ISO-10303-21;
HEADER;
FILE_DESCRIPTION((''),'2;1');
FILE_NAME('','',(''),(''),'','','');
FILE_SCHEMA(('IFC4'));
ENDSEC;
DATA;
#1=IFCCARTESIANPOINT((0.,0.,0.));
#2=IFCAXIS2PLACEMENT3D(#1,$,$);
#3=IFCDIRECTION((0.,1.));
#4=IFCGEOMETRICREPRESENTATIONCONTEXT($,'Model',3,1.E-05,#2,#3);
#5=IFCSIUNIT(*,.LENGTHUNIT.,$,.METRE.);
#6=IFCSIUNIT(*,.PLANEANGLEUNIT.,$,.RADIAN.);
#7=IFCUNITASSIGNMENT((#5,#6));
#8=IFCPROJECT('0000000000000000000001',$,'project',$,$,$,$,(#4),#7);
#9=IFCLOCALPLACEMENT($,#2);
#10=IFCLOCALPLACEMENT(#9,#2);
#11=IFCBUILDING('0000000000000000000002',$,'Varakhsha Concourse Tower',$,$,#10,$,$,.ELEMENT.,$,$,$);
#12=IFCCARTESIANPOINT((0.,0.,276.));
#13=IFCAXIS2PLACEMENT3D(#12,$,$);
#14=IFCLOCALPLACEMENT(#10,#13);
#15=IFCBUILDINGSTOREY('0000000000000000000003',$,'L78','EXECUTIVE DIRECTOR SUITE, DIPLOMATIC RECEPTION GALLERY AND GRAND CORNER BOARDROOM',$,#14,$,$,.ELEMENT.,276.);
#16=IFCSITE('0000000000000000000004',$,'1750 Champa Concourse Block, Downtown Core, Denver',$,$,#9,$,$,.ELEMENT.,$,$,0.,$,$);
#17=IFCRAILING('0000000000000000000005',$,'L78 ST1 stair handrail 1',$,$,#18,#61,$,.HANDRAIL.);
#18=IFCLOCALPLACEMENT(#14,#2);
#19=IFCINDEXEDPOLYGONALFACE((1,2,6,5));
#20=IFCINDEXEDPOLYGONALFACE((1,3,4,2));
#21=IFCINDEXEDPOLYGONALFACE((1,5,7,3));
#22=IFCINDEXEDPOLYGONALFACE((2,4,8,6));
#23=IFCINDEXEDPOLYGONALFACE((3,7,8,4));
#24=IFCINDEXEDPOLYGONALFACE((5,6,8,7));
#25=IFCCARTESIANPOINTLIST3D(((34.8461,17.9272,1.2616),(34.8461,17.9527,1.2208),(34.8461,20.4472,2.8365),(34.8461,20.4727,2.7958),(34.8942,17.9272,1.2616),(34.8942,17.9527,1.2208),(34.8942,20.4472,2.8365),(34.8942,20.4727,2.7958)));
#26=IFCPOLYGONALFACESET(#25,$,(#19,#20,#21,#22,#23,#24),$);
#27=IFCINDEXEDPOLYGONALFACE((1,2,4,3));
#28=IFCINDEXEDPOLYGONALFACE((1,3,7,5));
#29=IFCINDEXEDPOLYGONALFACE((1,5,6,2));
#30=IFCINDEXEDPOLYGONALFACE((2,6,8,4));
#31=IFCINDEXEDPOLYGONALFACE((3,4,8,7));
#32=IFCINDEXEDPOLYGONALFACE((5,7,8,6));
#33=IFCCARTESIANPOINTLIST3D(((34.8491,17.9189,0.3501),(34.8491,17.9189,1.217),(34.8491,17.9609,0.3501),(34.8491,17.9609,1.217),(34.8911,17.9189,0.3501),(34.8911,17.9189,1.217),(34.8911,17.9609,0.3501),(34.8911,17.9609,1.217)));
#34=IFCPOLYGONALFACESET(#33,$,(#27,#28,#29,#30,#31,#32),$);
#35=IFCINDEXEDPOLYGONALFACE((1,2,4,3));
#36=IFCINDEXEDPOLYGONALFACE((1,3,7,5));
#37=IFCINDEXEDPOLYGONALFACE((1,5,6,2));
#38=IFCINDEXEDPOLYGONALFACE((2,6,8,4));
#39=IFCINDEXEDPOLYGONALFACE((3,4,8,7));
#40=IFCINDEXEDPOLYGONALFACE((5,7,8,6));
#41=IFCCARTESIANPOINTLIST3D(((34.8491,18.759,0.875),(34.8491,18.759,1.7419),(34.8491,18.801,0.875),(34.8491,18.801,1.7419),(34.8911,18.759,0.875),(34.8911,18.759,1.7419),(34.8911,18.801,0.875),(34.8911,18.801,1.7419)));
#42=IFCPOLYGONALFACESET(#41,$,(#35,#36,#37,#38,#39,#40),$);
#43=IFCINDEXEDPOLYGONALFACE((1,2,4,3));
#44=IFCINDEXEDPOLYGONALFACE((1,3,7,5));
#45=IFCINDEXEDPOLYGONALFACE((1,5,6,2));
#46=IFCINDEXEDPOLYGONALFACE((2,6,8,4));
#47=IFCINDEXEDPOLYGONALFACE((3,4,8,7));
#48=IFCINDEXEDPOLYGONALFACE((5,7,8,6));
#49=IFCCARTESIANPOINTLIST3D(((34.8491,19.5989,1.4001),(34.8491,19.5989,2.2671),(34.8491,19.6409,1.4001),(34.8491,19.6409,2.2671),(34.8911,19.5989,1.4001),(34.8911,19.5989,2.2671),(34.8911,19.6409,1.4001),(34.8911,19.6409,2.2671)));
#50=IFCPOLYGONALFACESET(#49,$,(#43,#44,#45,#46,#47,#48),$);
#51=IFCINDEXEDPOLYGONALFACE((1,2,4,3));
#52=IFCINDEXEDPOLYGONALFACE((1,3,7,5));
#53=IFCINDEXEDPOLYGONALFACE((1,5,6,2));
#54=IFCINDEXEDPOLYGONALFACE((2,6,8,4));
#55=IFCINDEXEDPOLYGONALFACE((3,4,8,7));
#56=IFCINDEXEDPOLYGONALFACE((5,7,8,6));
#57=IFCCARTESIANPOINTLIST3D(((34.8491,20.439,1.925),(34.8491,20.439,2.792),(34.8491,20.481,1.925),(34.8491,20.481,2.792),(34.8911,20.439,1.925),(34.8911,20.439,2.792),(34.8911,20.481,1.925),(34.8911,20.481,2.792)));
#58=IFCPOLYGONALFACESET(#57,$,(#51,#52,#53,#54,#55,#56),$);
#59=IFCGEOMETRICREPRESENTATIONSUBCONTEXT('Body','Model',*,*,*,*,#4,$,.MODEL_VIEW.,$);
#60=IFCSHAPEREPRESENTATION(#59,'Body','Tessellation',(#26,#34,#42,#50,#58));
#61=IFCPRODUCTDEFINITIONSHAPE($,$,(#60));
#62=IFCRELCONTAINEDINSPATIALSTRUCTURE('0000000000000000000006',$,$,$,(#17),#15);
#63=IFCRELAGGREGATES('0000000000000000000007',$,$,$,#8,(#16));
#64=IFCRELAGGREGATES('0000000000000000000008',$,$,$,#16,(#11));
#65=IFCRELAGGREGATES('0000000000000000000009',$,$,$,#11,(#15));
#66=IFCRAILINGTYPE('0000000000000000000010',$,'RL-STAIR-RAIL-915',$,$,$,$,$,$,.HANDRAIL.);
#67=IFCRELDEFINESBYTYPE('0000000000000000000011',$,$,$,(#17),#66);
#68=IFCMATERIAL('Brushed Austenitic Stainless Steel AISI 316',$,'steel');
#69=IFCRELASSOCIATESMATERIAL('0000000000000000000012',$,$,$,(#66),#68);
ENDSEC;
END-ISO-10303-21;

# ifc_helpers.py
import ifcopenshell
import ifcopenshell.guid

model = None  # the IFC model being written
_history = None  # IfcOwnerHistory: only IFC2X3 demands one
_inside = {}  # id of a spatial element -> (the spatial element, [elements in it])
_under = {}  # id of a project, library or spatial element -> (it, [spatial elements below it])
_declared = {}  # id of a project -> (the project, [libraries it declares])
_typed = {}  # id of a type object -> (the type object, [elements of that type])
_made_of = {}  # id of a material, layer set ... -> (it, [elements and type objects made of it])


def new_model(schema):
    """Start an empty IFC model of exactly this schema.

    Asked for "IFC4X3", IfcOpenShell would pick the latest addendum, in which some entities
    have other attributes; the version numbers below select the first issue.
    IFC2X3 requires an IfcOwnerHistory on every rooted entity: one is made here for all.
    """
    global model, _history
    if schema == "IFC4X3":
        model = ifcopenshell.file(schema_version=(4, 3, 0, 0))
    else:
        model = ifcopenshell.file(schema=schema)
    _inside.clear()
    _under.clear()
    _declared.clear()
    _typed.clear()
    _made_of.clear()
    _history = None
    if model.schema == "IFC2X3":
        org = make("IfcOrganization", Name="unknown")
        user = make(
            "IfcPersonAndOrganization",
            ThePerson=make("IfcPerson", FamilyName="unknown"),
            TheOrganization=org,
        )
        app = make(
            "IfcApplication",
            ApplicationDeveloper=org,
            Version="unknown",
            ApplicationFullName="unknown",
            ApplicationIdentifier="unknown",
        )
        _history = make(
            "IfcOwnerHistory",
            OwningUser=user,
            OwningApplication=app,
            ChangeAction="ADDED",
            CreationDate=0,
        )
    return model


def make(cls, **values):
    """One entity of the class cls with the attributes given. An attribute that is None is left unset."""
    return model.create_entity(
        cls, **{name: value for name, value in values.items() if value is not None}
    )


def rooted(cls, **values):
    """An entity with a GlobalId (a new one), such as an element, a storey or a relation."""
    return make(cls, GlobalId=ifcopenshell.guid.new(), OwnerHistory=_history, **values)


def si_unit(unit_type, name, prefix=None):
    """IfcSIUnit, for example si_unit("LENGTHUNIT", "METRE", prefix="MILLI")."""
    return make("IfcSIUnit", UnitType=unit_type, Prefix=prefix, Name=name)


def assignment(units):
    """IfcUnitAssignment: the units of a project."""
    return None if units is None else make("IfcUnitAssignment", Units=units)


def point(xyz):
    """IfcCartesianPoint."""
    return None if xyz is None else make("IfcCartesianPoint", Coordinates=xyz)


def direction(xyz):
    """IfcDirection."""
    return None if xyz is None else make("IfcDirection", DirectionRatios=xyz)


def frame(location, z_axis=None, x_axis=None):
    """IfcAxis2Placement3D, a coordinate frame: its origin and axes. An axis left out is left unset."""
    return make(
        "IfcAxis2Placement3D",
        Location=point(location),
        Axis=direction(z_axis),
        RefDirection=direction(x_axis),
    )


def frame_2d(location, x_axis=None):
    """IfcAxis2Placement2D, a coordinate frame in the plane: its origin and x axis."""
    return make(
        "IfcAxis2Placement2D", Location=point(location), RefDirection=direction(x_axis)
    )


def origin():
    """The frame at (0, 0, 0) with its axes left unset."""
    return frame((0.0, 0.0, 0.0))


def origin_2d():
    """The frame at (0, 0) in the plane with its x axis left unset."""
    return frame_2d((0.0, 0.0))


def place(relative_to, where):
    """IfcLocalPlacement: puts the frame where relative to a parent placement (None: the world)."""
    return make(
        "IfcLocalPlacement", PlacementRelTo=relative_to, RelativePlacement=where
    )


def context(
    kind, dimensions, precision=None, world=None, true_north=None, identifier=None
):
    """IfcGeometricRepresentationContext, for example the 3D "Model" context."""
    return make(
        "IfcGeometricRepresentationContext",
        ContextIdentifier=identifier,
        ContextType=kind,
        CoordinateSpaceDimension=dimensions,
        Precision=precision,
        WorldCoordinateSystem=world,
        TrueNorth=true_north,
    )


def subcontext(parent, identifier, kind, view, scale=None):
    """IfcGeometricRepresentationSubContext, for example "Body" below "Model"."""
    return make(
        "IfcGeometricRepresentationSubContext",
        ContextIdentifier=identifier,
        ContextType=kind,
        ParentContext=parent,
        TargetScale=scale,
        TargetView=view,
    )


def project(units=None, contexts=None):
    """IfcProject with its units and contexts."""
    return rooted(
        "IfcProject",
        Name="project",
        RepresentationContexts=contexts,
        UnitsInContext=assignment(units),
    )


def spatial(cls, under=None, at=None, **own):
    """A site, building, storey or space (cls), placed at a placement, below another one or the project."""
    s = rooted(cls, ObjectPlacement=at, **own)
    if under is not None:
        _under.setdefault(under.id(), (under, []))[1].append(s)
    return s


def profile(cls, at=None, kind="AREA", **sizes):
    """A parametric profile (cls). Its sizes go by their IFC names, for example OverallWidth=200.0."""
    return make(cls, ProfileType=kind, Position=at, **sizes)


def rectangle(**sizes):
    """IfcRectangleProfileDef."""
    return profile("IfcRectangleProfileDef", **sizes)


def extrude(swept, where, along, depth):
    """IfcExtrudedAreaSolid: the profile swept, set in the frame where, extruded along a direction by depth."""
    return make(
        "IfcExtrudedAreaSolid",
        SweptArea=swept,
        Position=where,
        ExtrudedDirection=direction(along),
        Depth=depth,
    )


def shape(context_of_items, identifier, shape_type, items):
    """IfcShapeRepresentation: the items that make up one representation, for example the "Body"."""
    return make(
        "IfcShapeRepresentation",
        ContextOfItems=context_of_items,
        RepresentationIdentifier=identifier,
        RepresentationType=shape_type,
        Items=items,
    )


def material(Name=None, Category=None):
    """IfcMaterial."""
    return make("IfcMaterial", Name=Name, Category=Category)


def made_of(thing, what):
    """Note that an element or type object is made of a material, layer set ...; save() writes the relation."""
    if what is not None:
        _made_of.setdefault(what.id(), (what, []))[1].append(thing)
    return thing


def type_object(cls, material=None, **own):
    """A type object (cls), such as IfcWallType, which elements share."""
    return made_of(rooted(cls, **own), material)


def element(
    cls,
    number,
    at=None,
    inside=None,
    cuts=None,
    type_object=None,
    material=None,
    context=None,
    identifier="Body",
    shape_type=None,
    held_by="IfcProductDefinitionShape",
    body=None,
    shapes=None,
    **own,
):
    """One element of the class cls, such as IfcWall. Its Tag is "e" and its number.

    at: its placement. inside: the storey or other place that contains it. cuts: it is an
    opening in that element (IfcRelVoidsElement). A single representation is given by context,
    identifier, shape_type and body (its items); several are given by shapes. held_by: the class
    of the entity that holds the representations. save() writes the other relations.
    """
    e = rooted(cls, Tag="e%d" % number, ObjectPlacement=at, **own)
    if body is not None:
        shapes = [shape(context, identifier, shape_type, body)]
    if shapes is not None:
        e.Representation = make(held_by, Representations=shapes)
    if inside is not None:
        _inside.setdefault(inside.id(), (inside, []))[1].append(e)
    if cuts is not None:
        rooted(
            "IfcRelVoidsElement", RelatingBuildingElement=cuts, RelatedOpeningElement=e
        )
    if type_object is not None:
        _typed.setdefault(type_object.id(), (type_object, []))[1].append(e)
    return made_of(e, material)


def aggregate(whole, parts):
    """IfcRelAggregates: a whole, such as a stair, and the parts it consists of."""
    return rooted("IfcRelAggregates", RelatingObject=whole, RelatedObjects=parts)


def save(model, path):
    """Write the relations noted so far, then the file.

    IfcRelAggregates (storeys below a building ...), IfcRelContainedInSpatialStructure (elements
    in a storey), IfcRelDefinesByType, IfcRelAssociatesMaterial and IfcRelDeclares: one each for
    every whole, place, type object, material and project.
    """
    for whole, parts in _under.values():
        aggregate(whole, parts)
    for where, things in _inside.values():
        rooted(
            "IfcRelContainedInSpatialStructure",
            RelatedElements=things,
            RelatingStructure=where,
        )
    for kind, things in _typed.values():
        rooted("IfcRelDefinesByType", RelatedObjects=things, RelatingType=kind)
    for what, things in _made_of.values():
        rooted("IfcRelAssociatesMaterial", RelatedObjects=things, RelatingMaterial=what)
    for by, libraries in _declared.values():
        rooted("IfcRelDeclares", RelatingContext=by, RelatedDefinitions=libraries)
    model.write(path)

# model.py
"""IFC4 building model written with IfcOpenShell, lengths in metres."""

from ifc_helpers import new_model, si_unit, direction, frame, origin, origin_2d, place, context, subcontext, project, spatial, rectangle, extrude, material, type_object, element, save


model = new_model("IFC4")

# Units and contexts
model_context = context("Model", 3, precision=1e-05, world=origin(), true_north=direction((0.0, 1.0)))
body_context = subcontext(model_context, "Body", "Model", "MODEL_VIEW")
ifc_project = project(units=[si_unit("LENGTHUNIT", "METRE"), si_unit("PLANEANGLEUNIT", "RADIAN")], contexts=[model_context])

# Site, building, storey
site_placement = place(None, origin())
site = spatial("IfcSite", under=ifc_project, at=site_placement, Name="1750 Champa Concourse Block, Downtown Core, Denver", CompositionType="ELEMENT", RefElevation=0.0)
building_placement = place(site_placement, origin())
building = spatial("IfcBuilding", under=site, at=building_placement, Name="Varakhsha Concourse Tower", CompositionType="ELEMENT")
storey_placement = place(building_placement, frame((0.0, 0.0, 276.0)))
storey = spatial("IfcBuildingStorey", under=building, at=storey_placement, Name="L78", Description="EXECUTIVE DIRECTOR SUITE, DIPLOMATIC RECEPTION GALLERY AND GRAND CORNER BOARDROOM", CompositionType="ELEMENT", Elevation=276.0)

# Railing
ifc_material_1 = material(Name="Brushed Austenitic Stainless Steel AISI 316", Category="steel")
railing_type_1 = type_object("IfcRailingType", Name="RL-STAIR-RAIL-915", PredefinedType="HANDRAIL", material=ifc_material_1)
railing_1_placement = place(storey_placement, frame((34.8701, 17.9399, 0.3501)))
element("IfcRailing", 1, at=railing_1_placement, inside=storey, type_object=railing_type_1, Name="L78 ST1 stair handrail 1", PredefinedType="HANDRAIL", context=body_context, shape_type="SweptSolid", body=[
    extrude(rectangle(XDim=0.0481, YDim=0.0481, at=origin_2d()), frame((0.0, 0.0, 0.8911), z_axis=(0.0, 0.848008, 0.529984), x_axis=(-1.0, 0.0, 0.0)), (0.0, 0.0, 1.0), 2.9717),
    extrude(rectangle(XDim=0.042, YDim=0.042, at=origin_2d()), origin(), (0.0, 0.0, 1.0), 0.8669),
    extrude(rectangle(XDim=0.042, YDim=0.042, at=origin_2d()), frame((0.0, 0.8401, 0.5249)), (0.0, 0.0, 1.0), 0.8669),
    extrude(rectangle(XDim=0.042, YDim=0.042, at=origin_2d()), frame((0.0, 1.6799, 1.05)), (0.0, 0.0, 1.0), 0.8669),
    extrude(rectangle(XDim=0.042, YDim=0.042, at=origin_2d()), frame((0.0, 2.52, 1.575)), (0.0, 0.0, 1.0), 0.8669),
])

save(model, "model.ifc")
